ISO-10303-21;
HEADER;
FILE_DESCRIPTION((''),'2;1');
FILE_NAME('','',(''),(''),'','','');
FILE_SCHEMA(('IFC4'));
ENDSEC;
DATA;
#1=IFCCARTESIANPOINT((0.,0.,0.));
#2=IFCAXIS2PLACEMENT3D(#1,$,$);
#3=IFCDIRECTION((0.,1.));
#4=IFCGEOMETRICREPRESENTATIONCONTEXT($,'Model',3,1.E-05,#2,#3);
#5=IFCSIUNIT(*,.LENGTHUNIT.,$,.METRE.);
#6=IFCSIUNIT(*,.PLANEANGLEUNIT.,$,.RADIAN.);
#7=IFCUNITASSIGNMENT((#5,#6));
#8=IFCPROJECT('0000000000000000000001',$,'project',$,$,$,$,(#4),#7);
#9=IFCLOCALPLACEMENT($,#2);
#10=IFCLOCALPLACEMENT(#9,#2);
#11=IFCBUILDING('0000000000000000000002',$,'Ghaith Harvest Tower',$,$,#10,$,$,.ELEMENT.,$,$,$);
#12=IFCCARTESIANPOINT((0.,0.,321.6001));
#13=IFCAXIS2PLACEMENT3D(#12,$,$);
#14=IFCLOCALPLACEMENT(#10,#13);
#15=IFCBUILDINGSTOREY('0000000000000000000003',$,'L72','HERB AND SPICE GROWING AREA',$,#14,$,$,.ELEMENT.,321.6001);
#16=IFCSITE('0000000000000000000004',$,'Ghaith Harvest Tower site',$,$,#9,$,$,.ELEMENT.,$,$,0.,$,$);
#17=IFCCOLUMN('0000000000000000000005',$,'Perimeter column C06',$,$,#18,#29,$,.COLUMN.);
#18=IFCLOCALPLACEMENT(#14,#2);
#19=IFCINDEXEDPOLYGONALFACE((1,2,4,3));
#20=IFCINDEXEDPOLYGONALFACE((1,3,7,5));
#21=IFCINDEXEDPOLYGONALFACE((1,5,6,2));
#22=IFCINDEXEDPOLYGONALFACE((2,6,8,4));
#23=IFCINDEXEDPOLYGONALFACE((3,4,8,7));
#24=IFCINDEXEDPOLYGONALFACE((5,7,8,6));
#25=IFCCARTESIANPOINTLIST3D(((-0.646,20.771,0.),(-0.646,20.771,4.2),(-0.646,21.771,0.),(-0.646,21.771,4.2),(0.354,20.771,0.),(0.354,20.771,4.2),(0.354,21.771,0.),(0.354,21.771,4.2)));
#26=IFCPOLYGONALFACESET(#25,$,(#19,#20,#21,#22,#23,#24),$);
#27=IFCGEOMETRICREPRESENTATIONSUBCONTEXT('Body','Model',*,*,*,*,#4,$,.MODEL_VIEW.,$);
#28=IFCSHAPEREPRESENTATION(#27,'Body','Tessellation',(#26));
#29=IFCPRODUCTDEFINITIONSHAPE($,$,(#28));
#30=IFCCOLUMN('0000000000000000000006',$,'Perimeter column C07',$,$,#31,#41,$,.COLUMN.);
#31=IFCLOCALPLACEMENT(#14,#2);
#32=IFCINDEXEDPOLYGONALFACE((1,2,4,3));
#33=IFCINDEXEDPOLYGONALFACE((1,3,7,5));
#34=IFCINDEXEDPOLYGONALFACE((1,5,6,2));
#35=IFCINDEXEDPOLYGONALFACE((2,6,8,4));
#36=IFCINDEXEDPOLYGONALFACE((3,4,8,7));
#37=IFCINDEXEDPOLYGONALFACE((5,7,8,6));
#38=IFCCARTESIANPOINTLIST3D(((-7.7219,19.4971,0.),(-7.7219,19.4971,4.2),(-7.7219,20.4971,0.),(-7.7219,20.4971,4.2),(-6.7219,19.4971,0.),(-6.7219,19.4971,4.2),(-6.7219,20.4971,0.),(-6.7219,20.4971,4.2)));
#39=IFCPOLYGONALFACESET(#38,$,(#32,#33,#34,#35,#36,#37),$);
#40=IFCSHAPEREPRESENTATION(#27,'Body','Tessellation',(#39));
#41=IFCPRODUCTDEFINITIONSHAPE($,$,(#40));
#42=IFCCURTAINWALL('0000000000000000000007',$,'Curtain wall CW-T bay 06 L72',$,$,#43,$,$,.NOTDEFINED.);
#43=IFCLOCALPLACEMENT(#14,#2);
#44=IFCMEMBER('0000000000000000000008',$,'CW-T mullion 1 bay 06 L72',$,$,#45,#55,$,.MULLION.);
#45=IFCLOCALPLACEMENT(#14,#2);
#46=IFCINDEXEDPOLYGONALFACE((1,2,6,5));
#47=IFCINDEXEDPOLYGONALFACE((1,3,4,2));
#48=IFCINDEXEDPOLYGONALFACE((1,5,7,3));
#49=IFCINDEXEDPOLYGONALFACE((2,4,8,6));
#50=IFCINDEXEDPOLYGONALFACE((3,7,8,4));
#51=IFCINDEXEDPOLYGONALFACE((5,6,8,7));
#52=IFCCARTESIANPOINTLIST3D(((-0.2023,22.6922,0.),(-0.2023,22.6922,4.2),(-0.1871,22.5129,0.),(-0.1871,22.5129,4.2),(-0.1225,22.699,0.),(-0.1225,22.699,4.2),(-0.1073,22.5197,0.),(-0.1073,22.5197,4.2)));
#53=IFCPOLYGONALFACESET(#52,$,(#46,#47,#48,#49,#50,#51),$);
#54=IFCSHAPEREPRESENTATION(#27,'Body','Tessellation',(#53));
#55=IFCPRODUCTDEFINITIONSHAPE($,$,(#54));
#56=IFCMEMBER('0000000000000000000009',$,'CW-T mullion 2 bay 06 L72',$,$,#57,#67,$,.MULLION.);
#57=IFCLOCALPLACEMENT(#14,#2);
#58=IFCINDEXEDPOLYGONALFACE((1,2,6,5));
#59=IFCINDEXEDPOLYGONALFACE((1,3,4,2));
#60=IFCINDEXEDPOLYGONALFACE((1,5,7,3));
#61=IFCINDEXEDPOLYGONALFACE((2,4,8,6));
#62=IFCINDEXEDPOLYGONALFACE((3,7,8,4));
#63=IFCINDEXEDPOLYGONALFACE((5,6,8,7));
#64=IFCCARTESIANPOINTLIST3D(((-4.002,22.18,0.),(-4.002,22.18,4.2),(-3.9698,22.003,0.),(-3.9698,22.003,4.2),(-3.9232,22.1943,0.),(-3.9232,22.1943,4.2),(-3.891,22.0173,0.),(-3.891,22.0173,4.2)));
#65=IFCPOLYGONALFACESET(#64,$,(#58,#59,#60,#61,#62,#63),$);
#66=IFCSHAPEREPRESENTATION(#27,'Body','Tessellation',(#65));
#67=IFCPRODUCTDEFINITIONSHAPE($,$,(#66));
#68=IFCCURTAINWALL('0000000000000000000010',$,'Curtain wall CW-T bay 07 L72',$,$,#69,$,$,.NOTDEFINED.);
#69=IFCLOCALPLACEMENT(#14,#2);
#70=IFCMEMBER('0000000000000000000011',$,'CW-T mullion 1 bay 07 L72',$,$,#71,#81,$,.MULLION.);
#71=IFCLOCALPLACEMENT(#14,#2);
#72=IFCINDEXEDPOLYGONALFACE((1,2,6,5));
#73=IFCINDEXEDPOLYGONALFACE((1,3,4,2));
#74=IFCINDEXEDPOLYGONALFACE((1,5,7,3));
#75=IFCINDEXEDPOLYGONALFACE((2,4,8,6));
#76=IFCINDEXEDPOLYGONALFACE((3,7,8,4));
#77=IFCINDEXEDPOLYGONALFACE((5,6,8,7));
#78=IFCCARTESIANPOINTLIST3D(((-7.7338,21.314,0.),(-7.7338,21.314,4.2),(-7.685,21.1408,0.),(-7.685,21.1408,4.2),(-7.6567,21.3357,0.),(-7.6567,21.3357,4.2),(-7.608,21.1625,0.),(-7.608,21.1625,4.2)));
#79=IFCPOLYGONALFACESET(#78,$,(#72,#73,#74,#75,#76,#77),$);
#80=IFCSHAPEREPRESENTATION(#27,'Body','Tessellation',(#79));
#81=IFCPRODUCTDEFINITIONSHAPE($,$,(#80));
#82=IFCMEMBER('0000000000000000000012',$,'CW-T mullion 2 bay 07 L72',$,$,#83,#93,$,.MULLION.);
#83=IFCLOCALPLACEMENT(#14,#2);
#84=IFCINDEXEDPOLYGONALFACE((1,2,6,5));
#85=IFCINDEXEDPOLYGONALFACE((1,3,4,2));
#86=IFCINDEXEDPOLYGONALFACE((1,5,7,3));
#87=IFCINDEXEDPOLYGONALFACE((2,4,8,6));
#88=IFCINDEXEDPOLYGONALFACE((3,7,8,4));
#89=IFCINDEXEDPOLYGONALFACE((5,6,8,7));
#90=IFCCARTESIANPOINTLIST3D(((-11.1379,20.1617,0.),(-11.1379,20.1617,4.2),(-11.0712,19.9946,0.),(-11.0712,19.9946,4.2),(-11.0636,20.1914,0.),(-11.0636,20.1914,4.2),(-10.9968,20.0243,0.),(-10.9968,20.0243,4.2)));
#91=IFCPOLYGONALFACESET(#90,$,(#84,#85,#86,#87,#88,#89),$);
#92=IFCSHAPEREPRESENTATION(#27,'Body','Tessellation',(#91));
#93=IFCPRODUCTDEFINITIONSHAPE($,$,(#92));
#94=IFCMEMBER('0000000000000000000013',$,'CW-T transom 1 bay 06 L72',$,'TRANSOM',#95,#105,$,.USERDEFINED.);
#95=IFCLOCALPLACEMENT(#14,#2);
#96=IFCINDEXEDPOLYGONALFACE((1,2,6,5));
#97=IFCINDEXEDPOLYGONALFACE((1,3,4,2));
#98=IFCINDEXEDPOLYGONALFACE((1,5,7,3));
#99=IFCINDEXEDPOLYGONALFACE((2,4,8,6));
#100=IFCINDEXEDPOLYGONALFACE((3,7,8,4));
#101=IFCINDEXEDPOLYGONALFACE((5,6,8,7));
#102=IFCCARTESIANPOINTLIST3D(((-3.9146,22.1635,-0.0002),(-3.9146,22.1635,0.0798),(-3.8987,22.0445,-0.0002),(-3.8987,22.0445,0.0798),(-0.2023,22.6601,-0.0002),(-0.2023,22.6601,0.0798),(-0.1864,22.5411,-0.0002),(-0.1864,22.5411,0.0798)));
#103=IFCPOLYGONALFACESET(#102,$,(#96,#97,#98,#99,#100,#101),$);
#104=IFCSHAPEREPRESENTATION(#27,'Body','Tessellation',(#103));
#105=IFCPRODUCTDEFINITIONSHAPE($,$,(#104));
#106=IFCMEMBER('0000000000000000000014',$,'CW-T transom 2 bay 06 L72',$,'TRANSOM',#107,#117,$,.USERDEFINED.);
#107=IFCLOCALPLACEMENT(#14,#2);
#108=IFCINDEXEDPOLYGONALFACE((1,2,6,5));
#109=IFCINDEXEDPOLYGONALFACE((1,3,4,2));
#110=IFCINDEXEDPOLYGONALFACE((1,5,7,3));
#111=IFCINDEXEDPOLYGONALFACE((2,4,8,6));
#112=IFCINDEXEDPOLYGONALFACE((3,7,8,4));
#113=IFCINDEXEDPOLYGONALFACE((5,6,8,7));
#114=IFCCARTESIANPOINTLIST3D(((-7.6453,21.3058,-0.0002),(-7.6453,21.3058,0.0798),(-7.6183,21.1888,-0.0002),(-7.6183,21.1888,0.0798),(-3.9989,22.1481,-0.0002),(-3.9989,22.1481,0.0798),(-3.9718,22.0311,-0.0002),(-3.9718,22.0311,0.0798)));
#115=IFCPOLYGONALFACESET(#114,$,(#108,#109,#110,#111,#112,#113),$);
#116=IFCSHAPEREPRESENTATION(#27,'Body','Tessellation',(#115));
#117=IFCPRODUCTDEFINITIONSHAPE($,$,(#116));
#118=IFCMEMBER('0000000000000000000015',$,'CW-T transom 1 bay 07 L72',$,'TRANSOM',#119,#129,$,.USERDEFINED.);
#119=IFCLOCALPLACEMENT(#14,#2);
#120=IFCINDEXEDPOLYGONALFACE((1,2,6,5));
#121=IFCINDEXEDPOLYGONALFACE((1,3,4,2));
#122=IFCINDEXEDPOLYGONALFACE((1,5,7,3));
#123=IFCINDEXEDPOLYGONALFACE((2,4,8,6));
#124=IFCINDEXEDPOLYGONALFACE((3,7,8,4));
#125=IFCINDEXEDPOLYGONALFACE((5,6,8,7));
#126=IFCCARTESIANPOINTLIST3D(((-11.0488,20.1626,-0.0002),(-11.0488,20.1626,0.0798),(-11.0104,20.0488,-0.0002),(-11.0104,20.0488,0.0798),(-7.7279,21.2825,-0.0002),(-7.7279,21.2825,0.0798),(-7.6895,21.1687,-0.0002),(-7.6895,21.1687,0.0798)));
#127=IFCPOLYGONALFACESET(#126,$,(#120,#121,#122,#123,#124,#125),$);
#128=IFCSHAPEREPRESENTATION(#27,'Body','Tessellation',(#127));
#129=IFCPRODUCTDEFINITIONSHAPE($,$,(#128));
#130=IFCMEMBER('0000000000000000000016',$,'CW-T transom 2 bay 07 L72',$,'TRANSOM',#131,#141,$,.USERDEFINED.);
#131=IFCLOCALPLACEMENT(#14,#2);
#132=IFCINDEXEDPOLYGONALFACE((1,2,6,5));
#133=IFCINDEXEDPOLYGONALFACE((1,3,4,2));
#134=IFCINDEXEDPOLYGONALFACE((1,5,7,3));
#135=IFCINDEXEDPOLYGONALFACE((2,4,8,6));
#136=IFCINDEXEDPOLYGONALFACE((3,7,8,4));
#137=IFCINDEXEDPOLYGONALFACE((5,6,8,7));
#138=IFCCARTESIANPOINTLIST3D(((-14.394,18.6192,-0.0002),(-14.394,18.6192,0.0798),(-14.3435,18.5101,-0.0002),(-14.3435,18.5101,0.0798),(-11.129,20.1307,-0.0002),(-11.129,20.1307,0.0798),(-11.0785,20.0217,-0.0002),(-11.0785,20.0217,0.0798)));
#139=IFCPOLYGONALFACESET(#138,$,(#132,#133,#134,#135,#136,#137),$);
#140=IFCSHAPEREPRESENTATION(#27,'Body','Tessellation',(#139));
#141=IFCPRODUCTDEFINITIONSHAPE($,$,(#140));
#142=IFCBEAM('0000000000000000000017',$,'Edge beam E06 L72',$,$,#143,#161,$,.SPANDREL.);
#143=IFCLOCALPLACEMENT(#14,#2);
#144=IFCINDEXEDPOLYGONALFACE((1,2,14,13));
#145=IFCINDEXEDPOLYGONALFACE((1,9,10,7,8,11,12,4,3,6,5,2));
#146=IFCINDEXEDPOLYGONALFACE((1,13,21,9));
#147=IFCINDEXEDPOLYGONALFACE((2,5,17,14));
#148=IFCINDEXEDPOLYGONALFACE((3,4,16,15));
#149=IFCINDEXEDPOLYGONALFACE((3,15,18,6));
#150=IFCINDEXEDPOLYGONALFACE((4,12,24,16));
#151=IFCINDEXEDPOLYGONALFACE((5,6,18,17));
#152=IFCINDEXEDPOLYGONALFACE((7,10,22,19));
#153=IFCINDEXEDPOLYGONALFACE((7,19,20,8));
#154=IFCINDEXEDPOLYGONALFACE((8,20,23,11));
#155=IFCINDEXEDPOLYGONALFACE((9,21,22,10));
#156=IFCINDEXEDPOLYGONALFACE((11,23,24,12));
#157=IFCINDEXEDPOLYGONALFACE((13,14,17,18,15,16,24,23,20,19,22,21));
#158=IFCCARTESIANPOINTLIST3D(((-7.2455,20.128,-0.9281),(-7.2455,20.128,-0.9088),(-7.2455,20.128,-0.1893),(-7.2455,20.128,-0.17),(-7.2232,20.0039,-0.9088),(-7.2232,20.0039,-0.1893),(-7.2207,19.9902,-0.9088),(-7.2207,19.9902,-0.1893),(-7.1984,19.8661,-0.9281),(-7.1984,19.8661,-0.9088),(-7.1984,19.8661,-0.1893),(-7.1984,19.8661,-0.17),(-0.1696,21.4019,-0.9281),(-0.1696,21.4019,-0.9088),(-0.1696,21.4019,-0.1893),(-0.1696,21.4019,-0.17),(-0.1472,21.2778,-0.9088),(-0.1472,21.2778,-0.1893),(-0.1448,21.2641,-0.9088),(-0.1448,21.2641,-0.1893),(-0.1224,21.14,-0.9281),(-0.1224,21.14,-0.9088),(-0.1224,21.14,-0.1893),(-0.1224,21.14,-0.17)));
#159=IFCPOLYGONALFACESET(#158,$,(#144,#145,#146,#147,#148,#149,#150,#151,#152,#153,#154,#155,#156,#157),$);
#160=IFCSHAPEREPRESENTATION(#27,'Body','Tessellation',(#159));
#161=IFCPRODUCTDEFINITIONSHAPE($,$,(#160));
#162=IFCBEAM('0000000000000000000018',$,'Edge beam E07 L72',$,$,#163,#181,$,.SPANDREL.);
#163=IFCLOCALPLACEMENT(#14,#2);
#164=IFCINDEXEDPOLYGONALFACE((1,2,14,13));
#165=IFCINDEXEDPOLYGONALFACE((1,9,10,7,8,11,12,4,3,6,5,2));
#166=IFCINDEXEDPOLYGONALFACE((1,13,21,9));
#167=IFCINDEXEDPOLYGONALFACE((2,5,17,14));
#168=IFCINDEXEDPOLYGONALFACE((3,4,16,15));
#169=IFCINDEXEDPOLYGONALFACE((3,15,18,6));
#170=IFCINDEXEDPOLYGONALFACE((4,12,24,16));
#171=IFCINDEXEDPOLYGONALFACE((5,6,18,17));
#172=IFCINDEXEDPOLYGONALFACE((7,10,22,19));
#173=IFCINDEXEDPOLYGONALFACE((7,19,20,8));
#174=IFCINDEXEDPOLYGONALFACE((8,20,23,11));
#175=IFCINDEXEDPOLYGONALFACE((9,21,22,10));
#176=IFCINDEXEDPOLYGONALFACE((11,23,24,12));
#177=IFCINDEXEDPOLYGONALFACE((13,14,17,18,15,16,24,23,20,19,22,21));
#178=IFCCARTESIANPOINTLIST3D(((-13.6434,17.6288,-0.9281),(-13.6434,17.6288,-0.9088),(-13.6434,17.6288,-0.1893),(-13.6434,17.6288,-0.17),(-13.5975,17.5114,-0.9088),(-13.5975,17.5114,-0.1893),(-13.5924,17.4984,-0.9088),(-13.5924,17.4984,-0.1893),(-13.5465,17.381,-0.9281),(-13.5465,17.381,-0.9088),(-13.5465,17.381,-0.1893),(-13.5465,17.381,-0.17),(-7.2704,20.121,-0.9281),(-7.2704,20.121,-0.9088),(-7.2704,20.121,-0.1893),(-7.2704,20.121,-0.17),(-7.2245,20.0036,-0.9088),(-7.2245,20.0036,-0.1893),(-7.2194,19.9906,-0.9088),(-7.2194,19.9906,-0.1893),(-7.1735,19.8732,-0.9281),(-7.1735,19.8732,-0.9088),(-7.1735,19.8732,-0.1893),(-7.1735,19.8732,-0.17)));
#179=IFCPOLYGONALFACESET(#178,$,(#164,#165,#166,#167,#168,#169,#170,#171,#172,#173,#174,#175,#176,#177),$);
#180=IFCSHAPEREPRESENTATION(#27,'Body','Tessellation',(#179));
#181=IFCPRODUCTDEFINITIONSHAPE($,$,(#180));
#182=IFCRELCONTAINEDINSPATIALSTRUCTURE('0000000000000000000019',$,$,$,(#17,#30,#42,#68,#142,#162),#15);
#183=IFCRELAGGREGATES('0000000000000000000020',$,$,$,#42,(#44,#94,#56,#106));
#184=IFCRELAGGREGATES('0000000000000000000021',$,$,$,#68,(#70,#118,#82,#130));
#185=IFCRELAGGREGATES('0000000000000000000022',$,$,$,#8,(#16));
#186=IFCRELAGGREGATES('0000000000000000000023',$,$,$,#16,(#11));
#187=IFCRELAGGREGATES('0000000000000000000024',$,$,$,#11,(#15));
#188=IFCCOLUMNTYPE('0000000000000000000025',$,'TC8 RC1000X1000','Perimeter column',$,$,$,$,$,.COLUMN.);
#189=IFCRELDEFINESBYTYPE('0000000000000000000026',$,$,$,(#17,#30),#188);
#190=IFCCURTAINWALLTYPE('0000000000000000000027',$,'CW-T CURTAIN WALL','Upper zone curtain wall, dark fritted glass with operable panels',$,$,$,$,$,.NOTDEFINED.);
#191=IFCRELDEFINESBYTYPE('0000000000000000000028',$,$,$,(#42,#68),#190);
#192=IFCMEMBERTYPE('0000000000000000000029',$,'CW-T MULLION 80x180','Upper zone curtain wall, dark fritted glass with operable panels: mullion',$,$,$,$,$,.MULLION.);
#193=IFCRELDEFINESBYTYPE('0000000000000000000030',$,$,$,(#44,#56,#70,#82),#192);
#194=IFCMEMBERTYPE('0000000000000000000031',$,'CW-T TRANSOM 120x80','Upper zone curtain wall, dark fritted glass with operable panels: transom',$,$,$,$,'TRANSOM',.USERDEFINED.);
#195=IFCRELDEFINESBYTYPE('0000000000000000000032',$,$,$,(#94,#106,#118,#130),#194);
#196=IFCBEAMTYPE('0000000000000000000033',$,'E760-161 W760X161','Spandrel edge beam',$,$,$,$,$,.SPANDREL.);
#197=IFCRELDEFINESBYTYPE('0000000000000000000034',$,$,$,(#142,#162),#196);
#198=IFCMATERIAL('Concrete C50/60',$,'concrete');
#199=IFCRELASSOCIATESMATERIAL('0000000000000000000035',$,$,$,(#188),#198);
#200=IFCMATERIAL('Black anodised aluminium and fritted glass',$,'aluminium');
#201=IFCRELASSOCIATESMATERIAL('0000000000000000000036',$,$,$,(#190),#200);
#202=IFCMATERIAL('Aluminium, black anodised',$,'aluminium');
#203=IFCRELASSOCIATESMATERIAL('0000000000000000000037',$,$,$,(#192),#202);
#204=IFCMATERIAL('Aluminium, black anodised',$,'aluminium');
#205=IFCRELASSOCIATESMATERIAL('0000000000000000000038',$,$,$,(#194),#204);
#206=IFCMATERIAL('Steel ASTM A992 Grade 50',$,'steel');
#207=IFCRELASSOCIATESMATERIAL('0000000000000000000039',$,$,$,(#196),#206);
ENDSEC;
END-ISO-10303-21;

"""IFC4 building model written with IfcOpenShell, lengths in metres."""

from ifc_helpers import new_model, si_unit, direction, frame, origin, origin_2d, place, context, subcontext, project, spatial, rectangle, i_section, extrude, material, material_profile, profile_set, type_object, element, aggregate, save


model = new_model("IFC4")

# Units and contexts
model_context = context("Model", 3, precision=1e-05, world=origin(), true_north=direction((0.0, 1.0)))
body_context = subcontext(model_context, "Body", "Model", "MODEL_VIEW")
ifc_project = project(units=[si_unit("LENGTHUNIT", "METRE"), si_unit("PLANEANGLEUNIT", "RADIAN")], contexts=[model_context])

# Site, building, storey
site_placement = place(None, origin())
site = spatial("IfcSite", under=ifc_project, at=site_placement, Name="Ghaith Harvest Tower site", CompositionType="ELEMENT", RefElevation=0.0)
building_placement = place(site_placement, origin())
building = spatial("IfcBuilding", under=site, at=building_placement, Name="Ghaith Harvest Tower", CompositionType="ELEMENT")
storey_placement = place(building_placement, frame((0.0, 0.0, 321.6001)))
storey = spatial("IfcBuildingStorey", under=building, at=storey_placement, Name="L72", Description="HERB AND SPICE GROWING AREA", CompositionType="ELEMENT", Elevation=321.6001)

# Columns
ifc_material_1 = material(Name="Concrete C50/60", Category="concrete")
ifc_material_profile_1 = material_profile(ifc_material_1, rectangle(XDim=1.0, YDim=1.0, at=origin_2d()), Name="RC1000X1000")
ifc_profile_set_1 = profile_set([ifc_material_profile_1], Name="Concrete C50/60")
column_type = type_object("IfcColumnType", Name="TC8 RC1000X1000", Description="Perimeter column", PredefinedType="COLUMN", material=ifc_profile_set_1)
for number, where, z_axis, x_axis, name in (
    (1, (-0.146, 21.271, 0.0), (0.0, 0.0, 1.0), (1.0, 0.0, 0.0), "Perimeter column C06"),
    (2, (-7.2219, 19.9971, 0.0), (0.0, 0.0, 1.0), (1.0, 0.0, 0.0), "Perimeter column C07"),
):
    element("IfcColumn", number, at=place(storey_placement, frame(where, z_axis=z_axis, x_axis=x_axis)), inside=storey, type_object=column_type, Name=name, PredefinedType="COLUMN", context=body_context, shape_type="SweptSolid", body=[
        extrude(rectangle(XDim=1.0, YDim=1.0, at=origin_2d()), origin(), (0.0, 0.0, 1.0), 4.2),
    ])

# Curtain walls, members
ifc_material_2 = material(Name="Black anodised aluminium and fritted glass", Category="aluminium")
curtain_wall_type = type_object("IfcCurtainWallType", Name="CW-T CURTAIN WALL", Description="Upper zone curtain wall, dark fritted glass with operable panels", PredefinedType="NOTDEFINED", material=ifc_material_2)
curtain_wall_1_placement = place(storey_placement, origin())
curtain_wall_1 = element("IfcCurtainWall", 3, at=curtain_wall_1_placement, inside=storey, type_object=curtain_wall_type, Name="Curtain wall CW-T bay 06 L72", PredefinedType="NOTDEFINED")
ifc_material_3 = material(Name="Aluminium, black anodised", Category="aluminium")
ifc_material_profile_2 = material_profile(ifc_material_3, rectangle(XDim=0.0801, YDim=0.1799, at=origin_2d()), Name="CW-T MULLION 80x180")
ifc_profile_set_2 = profile_set([ifc_material_profile_2], Name="Aluminium, black anodised")
member_type_1 = type_object("IfcMemberType", Name="CW-T MULLION 80x180", Description="Upper zone curtain wall, dark fritted glass with operable panels: mullion", PredefinedType="MULLION", material=ifc_profile_set_2)
member_1_placement = place(storey_placement, frame((-0.1548, 22.606, 0.0), z_axis=(0.0, 0.0, 1.0), x_axis=(-0.996415, -0.084602, 0.0)))
member_1 = element("IfcMember", 4, at=member_1_placement, type_object=member_type_1, Name="CW-T mullion 1 bay 06 L72", PredefinedType="MULLION", context=body_context, shape_type="SweptSolid", body=[
    extrude(rectangle(XDim=0.0801, YDim=0.1799, at=origin_2d()), origin(), (0.0, 0.0, 1.0), 4.2),
])
member_2_placement = place(storey_placement, frame((-3.9465, 22.0986, 0.0), z_axis=(0.0, 0.0, 1.0), x_axis=(-0.983843, -0.179031, 0.0)))
member_2 = element("IfcMember", 5, at=member_2_placement, type_object=member_type_1, Name="CW-T mullion 2 bay 06 L72", PredefinedType="MULLION", context=body_context, shape_type="SweptSolid", body=[
    extrude(rectangle(XDim=0.0801, YDim=0.1799, at=origin_2d()), origin(), (0.0, 0.0, 1.0), 4.2),
])
curtain_wall_2_placement = place(storey_placement, origin())
curtain_wall_2 = element("IfcCurtainWall", 6, at=curtain_wall_2_placement, inside=storey, type_object=curtain_wall_type, Name="Curtain wall CW-T bay 07 L72", PredefinedType="NOTDEFINED")
member_3_placement = place(storey_placement, frame((-7.6709, 21.2383, 0.0), z_axis=(0.0, 0.0, 1.0), x_axis=(-0.962552, -0.271095, 0.0)))
member_3 = element("IfcMember", 7, at=member_3_placement, type_object=member_type_1, Name="CW-T mullion 1 bay 07 L72", PredefinedType="MULLION", context=body_context, shape_type="SweptSolid", body=[
    extrude(rectangle(XDim=0.0801, YDim=0.1799, at=origin_2d()), origin(), (0.0, 0.0, 1.0), 4.2),
])
member_4_placement = place(storey_placement, frame((-11.0674, 20.093, 0.0), z_axis=(0.0, 0.0, 1.0), x_axis=(-0.928624, -0.371021, 0.0)))
member_4 = element("IfcMember", 8, at=member_4_placement, type_object=member_type_1, Name="CW-T mullion 2 bay 07 L72", PredefinedType="MULLION", context=body_context, shape_type="SweptSolid", body=[
    extrude(rectangle(XDim=0.0801, YDim=0.1799, at=origin_2d()), origin(), (0.0, 0.0, 1.0), 4.2),
])

# Members
ifc_material_4 = material(Name="Aluminium, black anodised", Category="aluminium")
ifc_material_profile_3 = material_profile(ifc_material_4, rectangle(XDim=0.1201, YDim=0.0801, at=origin_2d()), Name="CW-T TRANSOM 120x80")
ifc_profile_set_3 = profile_set([ifc_material_profile_3], Name="Aluminium, black anodised")
member_type_2 = type_object("IfcMemberType", Name="CW-T TRANSOM 120x80", Description="Upper zone curtain wall, dark fritted glass with operable panels: transom", ElementType="TRANSOM", PredefinedType="USERDEFINED", material=ifc_profile_set_3)
member_5_placement = place(storey_placement, frame((-0.1943, 22.6006, 0.0398), z_axis=(-0.991172, -0.132582, 0.0), x_axis=(0.132582, -0.991172, 0.0)))
member_5 = element("IfcMember", 9, at=member_5_placement, type_object=member_type_2, Name="CW-T transom 1 bay 06 L72", ObjectType="TRANSOM", PredefinedType="USERDEFINED", context=body_context, shape_type="SweptSolid", body=[
    extrude(rectangle(XDim=0.1201, YDim=0.0801, at=origin_2d()), origin(), (0.0, 0.0, 1.0), 3.7454),
])
member_6_placement = place(storey_placement, frame((-3.9854, 22.0896, 0.0398), z_axis=(-0.974345, -0.22506, 0.0), x_axis=(0.22506, -0.974345, 0.0)))
member_6 = element("IfcMember", 10, at=member_6_placement, type_object=member_type_2, Name="CW-T transom 2 bay 06 L72", ObjectType="TRANSOM", PredefinedType="USERDEFINED", context=body_context, shape_type="SweptSolid", body=[
    extrude(rectangle(XDim=0.1201, YDim=0.0801, at=origin_2d()), origin(), (0.0, 0.0, 1.0), 3.7424),
])
member_7_placement = place(storey_placement, frame((-7.7087, 21.2256, 0.0398), z_axis=(-0.94757, -0.319549, 0.0), x_axis=(0.319549, -0.94757, 0.0)))
member_7 = element("IfcMember", 11, at=member_7_placement, type_object=member_type_2, Name="CW-T transom 1 bay 07 L72", ObjectType="TRANSOM", PredefinedType="USERDEFINED", context=body_context, shape_type="SweptSolid", body=[
    extrude(rectangle(XDim=0.1201, YDim=0.0801, at=origin_2d()), origin(), (0.0, 0.0, 1.0), 3.5046),
])
member_8_placement = place(storey_placement, frame((-11.1038, 20.0762, 0.0398), z_axis=(-0.907472, -0.420112, 0.0), x_axis=(0.420112, -0.907472, 0.0)))
member_8 = element("IfcMember", 12, at=member_8_placement, type_object=member_type_2, Name="CW-T transom 2 bay 07 L72", ObjectType="TRANSOM", PredefinedType="USERDEFINED", context=body_context, shape_type="SweptSolid", body=[
    extrude(rectangle(XDim=0.1201, YDim=0.0801, at=origin_2d()), origin(), (0.0, 0.0, 1.0), 3.5979),
])

# Beams
ifc_material_5 = material(Name="Steel ASTM A992 Grade 50", Category="steel")
ifc_material_profile_4 = material_profile(ifc_material_5, i_section(OverallWidth=0.2661, OverallDepth=0.7581, WebThickness=0.0139, FlangeThickness=0.0193, at=origin_2d()), Name="W760X161")
ifc_profile_set_4 = profile_set([ifc_material_profile_4], Name="Steel ASTM A992 Grade 50")
beam_type_1 = type_object("IfcBeamType", Name="E760-161 W760X161", Description="Spandrel edge beam", PredefinedType="SPANDREL", material=ifc_profile_set_4)
beam_1_placement = place(storey_placement, frame((-0.146, 21.271, -0.5491), z_axis=(-0.984177, -0.177188, 0.0), x_axis=(0.177188, -0.984177, 0.0)))
element("IfcBeam", 13, at=beam_1_placement, inside=storey, type_object=beam_type_1, Name="Edge beam E06 L72", PredefinedType="SPANDREL", context=body_context, shape_type="SweptSolid", body=[
    extrude(i_section(OverallWidth=0.2661, OverallDepth=0.7581, WebThickness=0.0139, FlangeThickness=0.0193, at=origin_2d()), origin(), (0.0, 0.0, 1.0), 7.1897),
])
beam_2_placement = place(storey_placement, frame((-7.2219, 19.9971, -0.5491), z_axis=(-0.931323, -0.364195, 0.0), x_axis=(0.364195, -0.931323, 0.0)))
element("IfcBeam", 14, at=beam_2_placement, inside=storey, type_object=beam_type_1, Name="Edge beam E07 L72", PredefinedType="SPANDREL", context=body_context, shape_type="SweptSolid", body=[
    extrude(i_section(OverallWidth=0.2661, OverallDepth=0.7581, WebThickness=0.0139, FlangeThickness=0.0193, at=origin_2d()), origin(), (0.0, 0.0, 1.0), 6.843),
])

aggregate(curtain_wall_1, [member_1, member_5, member_2, member_6])
aggregate(curtain_wall_2, [member_3, member_7, member_4, member_8])

save(model, "model.ifc")
